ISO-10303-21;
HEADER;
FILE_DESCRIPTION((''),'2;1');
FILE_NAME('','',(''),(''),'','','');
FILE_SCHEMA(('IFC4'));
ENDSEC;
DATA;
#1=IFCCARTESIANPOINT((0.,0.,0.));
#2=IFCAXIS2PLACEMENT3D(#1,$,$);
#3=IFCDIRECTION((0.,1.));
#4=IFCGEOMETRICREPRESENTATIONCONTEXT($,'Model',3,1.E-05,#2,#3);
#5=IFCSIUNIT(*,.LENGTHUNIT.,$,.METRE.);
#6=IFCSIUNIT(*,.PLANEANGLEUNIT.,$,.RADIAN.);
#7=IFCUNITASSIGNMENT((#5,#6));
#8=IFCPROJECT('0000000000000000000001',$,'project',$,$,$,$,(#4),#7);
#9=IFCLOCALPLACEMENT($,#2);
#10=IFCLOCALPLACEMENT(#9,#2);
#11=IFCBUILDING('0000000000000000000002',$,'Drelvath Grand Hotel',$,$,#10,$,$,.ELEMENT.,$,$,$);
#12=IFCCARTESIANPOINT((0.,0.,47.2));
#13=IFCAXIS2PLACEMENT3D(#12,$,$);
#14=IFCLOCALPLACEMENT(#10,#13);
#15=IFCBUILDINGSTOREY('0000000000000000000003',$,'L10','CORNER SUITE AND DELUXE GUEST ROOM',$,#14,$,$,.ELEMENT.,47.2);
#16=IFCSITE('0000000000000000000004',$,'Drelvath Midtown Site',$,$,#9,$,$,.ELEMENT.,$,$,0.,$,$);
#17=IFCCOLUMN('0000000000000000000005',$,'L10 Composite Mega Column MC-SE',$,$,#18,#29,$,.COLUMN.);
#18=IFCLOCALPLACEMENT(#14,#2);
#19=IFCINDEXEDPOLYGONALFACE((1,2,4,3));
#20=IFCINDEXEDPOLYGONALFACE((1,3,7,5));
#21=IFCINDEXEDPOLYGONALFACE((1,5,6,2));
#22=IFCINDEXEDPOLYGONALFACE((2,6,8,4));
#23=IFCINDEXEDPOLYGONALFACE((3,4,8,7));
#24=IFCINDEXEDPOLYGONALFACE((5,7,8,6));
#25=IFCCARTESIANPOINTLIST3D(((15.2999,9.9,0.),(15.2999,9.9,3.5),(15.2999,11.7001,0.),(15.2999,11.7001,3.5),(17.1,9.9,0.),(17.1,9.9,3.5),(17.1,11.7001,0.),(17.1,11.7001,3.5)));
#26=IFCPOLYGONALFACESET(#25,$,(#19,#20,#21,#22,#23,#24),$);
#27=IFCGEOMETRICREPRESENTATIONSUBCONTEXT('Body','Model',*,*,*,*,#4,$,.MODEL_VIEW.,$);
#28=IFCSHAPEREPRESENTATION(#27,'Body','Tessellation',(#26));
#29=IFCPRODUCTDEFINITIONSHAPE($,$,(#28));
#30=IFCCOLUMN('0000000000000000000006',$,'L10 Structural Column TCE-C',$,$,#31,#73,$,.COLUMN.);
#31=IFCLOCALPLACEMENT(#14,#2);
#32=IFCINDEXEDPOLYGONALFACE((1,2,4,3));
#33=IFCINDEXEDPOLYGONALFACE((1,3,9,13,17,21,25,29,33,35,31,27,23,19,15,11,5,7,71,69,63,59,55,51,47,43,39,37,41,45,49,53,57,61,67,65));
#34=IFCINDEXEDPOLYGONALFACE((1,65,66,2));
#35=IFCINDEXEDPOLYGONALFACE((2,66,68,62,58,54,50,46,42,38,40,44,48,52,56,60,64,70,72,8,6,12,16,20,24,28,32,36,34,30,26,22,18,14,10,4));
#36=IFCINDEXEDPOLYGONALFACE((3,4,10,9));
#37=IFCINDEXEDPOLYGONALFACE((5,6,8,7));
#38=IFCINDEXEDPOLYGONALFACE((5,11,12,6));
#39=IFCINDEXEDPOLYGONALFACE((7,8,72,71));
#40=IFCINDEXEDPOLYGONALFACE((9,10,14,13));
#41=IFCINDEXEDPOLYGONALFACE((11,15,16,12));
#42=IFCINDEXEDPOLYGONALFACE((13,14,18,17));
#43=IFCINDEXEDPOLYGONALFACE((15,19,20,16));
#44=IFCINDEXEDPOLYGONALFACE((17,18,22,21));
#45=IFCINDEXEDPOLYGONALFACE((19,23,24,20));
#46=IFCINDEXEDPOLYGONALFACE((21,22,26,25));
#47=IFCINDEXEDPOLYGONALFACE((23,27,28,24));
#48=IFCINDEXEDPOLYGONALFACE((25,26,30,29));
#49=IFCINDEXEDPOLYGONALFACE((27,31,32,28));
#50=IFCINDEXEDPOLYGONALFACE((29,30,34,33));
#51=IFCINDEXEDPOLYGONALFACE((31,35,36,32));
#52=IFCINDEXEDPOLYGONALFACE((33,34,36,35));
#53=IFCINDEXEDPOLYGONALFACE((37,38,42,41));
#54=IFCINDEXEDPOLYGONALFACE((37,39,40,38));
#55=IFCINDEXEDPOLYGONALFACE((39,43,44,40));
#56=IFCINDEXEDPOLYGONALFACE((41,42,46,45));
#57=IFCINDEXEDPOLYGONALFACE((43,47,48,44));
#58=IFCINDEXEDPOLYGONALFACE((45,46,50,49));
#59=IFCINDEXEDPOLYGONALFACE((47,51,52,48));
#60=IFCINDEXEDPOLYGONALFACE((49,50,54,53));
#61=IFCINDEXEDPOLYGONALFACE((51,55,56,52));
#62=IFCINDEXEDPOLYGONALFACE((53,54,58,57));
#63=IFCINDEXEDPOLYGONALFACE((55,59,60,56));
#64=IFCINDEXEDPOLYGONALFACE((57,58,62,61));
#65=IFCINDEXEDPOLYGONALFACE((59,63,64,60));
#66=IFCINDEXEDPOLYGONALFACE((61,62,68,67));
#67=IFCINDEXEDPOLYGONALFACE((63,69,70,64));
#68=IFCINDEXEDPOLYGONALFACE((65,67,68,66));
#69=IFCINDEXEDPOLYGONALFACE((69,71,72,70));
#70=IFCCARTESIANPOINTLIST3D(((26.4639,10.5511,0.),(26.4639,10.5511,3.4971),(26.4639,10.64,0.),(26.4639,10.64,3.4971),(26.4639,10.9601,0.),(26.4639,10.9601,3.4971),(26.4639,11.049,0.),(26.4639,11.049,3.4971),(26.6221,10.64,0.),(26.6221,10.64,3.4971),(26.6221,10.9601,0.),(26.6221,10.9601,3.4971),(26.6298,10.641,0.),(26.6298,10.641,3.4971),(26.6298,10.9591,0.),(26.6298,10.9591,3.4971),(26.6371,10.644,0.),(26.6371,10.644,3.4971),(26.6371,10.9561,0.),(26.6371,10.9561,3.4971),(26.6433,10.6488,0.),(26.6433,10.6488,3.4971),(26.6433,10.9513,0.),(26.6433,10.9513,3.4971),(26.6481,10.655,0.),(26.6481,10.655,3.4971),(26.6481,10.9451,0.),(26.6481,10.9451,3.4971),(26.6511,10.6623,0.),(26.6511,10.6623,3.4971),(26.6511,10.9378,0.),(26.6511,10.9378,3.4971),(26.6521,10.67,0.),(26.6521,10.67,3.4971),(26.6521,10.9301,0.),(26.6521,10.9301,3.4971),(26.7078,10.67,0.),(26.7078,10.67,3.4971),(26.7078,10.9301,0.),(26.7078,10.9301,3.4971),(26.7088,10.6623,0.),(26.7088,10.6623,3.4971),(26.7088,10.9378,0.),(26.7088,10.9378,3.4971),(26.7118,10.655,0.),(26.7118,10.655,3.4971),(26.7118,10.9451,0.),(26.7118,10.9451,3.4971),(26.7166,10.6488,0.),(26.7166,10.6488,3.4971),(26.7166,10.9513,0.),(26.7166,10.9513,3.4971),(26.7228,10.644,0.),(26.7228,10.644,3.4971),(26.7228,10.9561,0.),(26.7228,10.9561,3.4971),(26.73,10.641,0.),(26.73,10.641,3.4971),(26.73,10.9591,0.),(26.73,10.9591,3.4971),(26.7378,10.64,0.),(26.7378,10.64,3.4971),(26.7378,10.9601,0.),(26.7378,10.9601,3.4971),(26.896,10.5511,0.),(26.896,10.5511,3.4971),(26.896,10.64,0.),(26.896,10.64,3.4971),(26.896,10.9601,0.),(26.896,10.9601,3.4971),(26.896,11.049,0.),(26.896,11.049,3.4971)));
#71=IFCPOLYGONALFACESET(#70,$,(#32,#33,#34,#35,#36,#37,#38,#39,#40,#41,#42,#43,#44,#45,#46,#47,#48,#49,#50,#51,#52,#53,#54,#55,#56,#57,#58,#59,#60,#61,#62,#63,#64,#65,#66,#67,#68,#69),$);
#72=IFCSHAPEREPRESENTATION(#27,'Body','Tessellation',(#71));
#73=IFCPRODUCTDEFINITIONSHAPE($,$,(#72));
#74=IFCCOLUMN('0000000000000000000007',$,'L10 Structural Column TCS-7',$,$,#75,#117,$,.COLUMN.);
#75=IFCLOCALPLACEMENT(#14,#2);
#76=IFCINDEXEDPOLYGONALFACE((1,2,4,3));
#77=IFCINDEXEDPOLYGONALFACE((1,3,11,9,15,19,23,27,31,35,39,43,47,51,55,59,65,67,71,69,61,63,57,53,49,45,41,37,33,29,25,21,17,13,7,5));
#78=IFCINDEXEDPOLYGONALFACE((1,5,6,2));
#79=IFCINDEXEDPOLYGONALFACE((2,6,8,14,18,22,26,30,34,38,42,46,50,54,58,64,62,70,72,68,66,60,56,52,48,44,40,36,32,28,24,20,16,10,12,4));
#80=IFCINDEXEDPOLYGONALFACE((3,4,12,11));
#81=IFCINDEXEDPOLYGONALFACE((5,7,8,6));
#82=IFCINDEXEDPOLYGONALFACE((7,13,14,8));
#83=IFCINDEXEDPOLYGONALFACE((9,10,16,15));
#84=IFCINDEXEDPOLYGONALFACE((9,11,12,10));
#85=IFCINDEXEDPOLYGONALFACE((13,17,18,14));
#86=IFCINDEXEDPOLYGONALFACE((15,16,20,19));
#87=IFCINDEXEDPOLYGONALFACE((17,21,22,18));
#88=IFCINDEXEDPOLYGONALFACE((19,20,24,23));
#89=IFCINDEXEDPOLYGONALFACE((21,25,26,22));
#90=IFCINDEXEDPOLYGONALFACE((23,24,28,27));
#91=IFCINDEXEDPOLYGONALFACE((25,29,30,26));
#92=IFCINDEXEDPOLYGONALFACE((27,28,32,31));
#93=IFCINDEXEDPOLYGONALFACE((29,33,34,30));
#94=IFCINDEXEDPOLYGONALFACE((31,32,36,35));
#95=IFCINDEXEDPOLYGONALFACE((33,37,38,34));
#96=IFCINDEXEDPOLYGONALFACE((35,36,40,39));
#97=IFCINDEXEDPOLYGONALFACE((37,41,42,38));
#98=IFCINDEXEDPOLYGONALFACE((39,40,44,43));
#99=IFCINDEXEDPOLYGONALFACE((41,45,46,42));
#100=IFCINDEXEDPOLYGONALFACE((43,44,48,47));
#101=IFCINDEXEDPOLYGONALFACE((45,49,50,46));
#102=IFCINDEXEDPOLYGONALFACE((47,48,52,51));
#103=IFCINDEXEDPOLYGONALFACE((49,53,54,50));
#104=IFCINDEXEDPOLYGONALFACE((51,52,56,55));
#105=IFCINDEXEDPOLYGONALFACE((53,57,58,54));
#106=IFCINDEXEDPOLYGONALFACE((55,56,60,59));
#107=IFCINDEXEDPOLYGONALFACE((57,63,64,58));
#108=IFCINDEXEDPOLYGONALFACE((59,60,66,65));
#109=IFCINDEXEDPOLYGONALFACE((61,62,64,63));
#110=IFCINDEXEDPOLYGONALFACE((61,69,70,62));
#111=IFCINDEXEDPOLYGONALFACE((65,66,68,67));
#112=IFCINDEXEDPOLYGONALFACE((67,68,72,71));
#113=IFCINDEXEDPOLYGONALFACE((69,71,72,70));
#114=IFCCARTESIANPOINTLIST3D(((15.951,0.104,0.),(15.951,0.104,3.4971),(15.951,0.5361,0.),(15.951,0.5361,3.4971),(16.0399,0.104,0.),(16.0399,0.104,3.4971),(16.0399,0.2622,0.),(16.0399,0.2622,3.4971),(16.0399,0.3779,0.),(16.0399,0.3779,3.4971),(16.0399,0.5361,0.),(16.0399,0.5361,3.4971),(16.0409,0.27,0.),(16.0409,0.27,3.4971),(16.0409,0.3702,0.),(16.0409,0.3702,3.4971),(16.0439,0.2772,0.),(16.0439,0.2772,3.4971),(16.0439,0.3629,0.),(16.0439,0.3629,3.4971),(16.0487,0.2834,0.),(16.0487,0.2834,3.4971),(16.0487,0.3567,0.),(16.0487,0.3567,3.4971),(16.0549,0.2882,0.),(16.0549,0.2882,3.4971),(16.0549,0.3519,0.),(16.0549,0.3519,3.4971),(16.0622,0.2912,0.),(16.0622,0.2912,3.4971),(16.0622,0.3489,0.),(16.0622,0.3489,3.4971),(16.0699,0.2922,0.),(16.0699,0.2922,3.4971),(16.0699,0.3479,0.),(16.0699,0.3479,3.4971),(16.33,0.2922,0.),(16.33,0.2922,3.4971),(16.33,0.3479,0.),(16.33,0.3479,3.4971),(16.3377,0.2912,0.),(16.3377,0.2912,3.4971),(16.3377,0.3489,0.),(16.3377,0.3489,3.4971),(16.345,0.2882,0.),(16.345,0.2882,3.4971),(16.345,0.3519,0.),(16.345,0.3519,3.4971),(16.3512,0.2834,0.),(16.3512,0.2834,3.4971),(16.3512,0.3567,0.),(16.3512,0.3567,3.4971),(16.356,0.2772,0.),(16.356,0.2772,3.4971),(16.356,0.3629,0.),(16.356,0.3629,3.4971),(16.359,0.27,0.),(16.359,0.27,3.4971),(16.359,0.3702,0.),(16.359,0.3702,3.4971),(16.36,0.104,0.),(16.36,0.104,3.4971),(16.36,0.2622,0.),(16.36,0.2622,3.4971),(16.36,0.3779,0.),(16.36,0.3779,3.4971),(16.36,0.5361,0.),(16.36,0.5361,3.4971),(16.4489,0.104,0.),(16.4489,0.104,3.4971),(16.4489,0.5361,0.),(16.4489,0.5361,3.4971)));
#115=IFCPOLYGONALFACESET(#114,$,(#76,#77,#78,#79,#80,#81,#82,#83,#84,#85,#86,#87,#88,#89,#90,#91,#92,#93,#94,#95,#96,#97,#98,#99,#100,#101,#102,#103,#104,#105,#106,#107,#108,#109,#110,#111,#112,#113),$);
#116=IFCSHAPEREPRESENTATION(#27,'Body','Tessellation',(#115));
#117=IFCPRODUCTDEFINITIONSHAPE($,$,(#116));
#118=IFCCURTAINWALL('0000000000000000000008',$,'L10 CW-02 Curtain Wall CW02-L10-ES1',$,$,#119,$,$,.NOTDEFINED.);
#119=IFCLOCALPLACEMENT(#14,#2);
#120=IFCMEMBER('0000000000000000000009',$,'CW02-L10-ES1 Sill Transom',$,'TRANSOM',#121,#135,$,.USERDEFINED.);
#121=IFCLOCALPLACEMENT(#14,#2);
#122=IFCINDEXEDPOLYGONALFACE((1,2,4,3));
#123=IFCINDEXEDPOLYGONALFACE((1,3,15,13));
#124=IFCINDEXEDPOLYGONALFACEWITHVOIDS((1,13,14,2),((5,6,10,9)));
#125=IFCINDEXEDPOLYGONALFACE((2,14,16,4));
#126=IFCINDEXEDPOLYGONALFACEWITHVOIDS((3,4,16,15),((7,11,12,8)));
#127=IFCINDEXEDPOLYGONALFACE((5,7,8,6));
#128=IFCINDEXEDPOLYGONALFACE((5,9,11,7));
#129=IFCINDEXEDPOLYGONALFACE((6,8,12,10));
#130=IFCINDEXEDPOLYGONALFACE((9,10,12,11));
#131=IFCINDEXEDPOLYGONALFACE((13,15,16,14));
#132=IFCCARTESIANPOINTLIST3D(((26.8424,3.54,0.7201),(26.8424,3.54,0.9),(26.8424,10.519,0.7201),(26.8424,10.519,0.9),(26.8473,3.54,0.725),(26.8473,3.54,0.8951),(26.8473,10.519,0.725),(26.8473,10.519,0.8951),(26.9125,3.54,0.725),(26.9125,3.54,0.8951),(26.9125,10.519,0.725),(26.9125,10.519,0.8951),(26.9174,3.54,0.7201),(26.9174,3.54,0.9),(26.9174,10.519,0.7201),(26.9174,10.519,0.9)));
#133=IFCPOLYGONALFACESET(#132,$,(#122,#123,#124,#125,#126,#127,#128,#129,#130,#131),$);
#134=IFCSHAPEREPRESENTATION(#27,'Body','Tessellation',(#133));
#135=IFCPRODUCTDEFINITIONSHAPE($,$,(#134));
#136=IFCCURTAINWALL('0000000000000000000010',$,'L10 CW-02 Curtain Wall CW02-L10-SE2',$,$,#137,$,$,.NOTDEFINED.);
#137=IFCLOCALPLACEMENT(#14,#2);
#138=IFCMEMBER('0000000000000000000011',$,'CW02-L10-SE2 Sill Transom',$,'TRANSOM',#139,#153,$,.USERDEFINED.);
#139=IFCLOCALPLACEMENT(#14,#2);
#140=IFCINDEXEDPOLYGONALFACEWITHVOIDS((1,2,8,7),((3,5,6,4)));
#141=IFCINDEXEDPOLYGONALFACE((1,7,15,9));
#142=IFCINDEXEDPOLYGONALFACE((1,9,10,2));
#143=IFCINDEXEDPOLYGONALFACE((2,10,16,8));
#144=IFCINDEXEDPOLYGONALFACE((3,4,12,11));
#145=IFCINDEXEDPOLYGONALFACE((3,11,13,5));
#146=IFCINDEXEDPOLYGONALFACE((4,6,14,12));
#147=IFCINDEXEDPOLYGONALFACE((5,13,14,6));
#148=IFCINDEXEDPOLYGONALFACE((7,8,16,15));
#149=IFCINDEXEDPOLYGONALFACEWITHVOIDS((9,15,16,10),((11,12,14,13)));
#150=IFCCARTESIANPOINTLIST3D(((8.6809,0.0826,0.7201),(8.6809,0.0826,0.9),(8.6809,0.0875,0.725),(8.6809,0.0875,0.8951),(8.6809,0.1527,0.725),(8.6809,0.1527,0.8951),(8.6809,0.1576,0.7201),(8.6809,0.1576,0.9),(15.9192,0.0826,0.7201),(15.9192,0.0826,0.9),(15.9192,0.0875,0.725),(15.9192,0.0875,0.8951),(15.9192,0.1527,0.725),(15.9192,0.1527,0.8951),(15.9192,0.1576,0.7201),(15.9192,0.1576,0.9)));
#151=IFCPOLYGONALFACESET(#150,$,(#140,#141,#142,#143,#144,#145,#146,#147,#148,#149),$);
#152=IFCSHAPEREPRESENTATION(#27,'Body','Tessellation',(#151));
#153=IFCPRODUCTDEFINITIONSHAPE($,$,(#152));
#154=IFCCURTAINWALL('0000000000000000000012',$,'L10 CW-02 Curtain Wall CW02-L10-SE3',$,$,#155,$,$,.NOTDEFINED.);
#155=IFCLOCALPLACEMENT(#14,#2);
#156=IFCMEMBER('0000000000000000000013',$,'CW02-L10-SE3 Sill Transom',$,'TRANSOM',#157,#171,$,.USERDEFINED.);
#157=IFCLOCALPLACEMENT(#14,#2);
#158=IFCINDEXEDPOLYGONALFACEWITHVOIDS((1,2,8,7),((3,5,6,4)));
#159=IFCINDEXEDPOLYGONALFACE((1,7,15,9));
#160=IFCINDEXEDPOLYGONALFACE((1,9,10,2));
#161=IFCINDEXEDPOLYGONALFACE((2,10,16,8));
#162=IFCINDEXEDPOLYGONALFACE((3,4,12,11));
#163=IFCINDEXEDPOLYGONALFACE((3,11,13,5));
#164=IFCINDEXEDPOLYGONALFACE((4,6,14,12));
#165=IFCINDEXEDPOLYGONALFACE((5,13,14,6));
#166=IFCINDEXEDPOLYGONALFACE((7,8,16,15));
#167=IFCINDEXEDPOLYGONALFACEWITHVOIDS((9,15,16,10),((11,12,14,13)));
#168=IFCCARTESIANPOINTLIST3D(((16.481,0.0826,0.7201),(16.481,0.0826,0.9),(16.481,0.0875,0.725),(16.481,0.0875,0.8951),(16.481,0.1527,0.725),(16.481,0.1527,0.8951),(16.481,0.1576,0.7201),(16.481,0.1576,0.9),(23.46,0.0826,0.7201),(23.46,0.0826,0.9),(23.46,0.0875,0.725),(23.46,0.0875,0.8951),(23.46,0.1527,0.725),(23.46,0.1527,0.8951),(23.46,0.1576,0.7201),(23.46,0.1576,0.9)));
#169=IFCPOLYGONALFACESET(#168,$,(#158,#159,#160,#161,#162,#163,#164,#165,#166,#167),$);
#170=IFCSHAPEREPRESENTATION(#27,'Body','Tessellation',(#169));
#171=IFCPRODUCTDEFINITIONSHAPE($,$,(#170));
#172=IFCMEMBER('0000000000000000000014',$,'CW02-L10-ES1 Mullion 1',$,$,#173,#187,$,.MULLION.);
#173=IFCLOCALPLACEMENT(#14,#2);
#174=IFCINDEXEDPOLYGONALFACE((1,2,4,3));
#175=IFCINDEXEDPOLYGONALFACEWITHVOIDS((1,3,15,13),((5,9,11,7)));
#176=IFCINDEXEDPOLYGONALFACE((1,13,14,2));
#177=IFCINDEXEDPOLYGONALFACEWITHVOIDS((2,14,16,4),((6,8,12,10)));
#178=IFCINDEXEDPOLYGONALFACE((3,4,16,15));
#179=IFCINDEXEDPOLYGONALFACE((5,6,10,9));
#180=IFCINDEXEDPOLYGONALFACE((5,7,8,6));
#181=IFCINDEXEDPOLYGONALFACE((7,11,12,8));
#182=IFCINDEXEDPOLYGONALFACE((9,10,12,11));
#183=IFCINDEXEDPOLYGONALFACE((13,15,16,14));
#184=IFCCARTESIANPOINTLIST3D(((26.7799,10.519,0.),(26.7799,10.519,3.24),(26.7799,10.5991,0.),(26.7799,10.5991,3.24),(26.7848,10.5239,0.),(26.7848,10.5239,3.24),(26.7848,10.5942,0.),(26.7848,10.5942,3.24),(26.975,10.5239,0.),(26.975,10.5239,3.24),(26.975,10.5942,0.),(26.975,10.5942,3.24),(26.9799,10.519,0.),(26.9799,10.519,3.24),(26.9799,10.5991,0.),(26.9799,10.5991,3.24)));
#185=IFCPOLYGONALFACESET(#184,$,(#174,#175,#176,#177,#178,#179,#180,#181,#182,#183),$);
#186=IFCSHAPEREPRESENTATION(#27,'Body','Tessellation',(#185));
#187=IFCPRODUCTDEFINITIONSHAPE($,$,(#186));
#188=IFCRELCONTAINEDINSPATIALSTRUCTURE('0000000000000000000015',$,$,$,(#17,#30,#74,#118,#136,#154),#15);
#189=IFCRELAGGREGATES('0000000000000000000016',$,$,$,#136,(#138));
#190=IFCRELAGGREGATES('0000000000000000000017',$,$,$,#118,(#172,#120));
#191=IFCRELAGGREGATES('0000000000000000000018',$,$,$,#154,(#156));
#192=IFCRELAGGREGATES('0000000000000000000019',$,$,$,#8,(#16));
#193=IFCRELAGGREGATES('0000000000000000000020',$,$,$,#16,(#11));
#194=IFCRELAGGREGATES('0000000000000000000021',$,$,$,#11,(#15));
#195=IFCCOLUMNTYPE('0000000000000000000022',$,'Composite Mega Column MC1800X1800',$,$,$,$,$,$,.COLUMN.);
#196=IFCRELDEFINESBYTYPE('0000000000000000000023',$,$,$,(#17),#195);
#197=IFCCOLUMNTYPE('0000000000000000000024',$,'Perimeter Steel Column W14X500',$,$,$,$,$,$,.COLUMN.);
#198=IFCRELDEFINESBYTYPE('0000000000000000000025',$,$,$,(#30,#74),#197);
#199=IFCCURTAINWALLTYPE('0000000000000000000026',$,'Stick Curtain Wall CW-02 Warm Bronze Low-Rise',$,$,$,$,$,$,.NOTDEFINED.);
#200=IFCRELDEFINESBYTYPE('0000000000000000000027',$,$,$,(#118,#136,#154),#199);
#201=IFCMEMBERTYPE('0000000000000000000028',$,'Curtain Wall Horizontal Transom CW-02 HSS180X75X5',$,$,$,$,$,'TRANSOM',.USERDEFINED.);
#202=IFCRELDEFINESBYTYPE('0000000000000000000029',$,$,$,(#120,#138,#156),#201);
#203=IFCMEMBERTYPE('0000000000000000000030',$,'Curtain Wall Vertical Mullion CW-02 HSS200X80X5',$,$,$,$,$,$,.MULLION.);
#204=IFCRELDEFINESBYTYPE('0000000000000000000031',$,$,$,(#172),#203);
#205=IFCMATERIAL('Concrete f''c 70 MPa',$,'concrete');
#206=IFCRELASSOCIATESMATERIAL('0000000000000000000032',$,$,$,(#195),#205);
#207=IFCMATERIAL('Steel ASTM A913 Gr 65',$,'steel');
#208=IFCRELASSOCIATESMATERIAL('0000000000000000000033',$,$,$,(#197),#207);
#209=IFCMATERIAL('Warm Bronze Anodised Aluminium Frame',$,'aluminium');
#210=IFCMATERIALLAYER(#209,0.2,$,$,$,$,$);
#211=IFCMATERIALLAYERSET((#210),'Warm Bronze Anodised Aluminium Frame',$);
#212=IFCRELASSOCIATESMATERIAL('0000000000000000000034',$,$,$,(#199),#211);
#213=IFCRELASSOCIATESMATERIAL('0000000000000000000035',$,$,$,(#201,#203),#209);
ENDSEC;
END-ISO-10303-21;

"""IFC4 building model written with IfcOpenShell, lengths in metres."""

from ifc_helpers import new_model, si_unit, direction, frame, origin, origin_2d, place, context, subcontext, project, spatial, rectangle, hollow_rectangle, i_section, extrude, material, layer, layer_set, material_profile, profile_set, type_object, element, aggregate, save


model = new_model("IFC4")

# Units and contexts
model_context = context("Model", 3, precision=1e-05, world=origin(), true_north=direction((0.0, 1.0)))
body_context = subcontext(model_context, "Body", "Model", "MODEL_VIEW")
ifc_project = project(units=[si_unit("LENGTHUNIT", "METRE"), si_unit("PLANEANGLEUNIT", "RADIAN")], contexts=[model_context])

# Site, building, storey
site_placement = place(None, origin())
site = spatial("IfcSite", under=ifc_project, at=site_placement, Name="Drelvath Midtown Site", CompositionType="ELEMENT", RefElevation=0.0)
building_placement = place(site_placement, origin())
building = spatial("IfcBuilding", under=site, at=building_placement, Name="Drelvath Grand Hotel", CompositionType="ELEMENT")
storey_placement = place(building_placement, frame((0.0, 0.0, 47.2)))
storey = spatial("IfcBuildingStorey", under=building, at=storey_placement, Name="L10", Description="CORNER SUITE AND DELUXE GUEST ROOM", CompositionType="ELEMENT", Elevation=47.2)

# Columns
ifc_material_1 = material(Name="Concrete f'c 70 MPa", Category="concrete")
ifc_material_profile_1 = material_profile(ifc_material_1, rectangle(XDim=1.8, YDim=1.8, at=origin_2d()), Name="MC1800X1800")
ifc_profile_set_1 = profile_set([ifc_material_profile_1], Name="Concrete f'c 70 MPa")
column_type_1 = type_object("IfcColumnType", Name="Composite Mega Column MC1800X1800", PredefinedType="COLUMN", material=ifc_profile_set_1)
column_placement = place(storey_placement, frame((16.2, 10.8, 0.0), z_axis=(0.0, 0.0, 1.0), x_axis=(1.0, 0.0, 0.0)))
element("IfcColumn", 1, at=column_placement, inside=storey, type_object=column_type_1, Name="L10 Composite Mega Column MC-SE", PredefinedType="COLUMN", context=body_context, shape_type="SweptSolid", body=[
    extrude(rectangle(XDim=1.8, YDim=1.8, at=origin_2d()), origin(), (0.0, 0.0, 1.0), 3.5),
])
ifc_material_2 = material(Name="Steel ASTM A913 Gr 65", Category="steel")
ifc_material_profile_2 = material_profile(ifc_material_2, i_section(OverallWidth=0.4321, OverallDepth=0.4978, WebThickness=0.0557, FlangeThickness=0.0889, FilletRadius=0.03, at=origin_2d()), Name="W14X500")
ifc_profile_set_2 = profile_set([ifc_material_profile_2], Name="Steel ASTM A913 Gr 65")
column_type_2 = type_object("IfcColumnType", Name="Perimeter Steel Column W14X500", PredefinedType="COLUMN", material=ifc_profile_set_2)
for number, where, z_axis, x_axis, name in (
    (2, (26.6799, 10.8, 0.0), (0.0, 0.0, 1.0), (1.0, 0.0, 0.0), "L10 Structural Column TCE-C"),
    (3, (16.2, 0.3201, 0.0), (0.0, 0.0, 1.0), (0.0, 1.0, 0.0), "L10 Structural Column TCS-7"),
):
    element("IfcColumn", number, at=place(storey_placement, frame(where, z_axis=z_axis, x_axis=x_axis)), inside=storey, type_object=column_type_2, Name=name, PredefinedType="COLUMN", context=body_context, shape_type="SweptSolid", body=[
        extrude(i_section(OverallWidth=0.4321, OverallDepth=0.4978, WebThickness=0.0557, FlangeThickness=0.0889, FilletRadius=0.03, at=origin_2d()), origin(), (0.0, 0.0, 1.0), 3.4971),
    ])

# Curtain walls, members
ifc_material_3 = material(Name="Warm Bronze Anodised Aluminium Frame", Category="aluminium")
ifc_layer_1 = layer(ifc_material_3, 0.2)
ifc_layer_set_1 = layer_set([ifc_layer_1], Name="Warm Bronze Anodised Aluminium Frame")
curtain_wall_type = type_object("IfcCurtainWallType", Name="Stick Curtain Wall CW-02 Warm Bronze Low-Rise", PredefinedType="NOTDEFINED", material=ifc_layer_set_1)
curtain_wall_1_placement = place(storey_placement, origin())
curtain_wall_1 = element("IfcCurtainWall", 4, at=curtain_wall_1_placement, inside=storey, type_object=curtain_wall_type, Name="L10 CW-02 Curtain Wall CW02-L10-ES1", PredefinedType="NOTDEFINED")
ifc_material_profile_3 = material_profile(ifc_material_3, hollow_rectangle(XDim=0.075, YDim=0.1799, WallThickness=0.0049, at=origin_2d()), Name="HSS180X75X5")
ifc_profile_set_3 = profile_set([ifc_material_profile_3], Name="Warm Bronze Anodised Aluminium Frame")
member_type_1 = type_object("IfcMemberType", Name="Curtain Wall Horizontal Transom CW-02 HSS180X75X5", ElementType="TRANSOM", PredefinedType="USERDEFINED", material=ifc_profile_set_3)
member_1_placement = place(storey_placement, frame((26.8799, 10.519, 0.8101), z_axis=(0.0, -1.0, 0.0), x_axis=(1.0, 0.0, 0.0)))
member_1 = element("IfcMember", 5, at=member_1_placement, type_object=member_type_1, Name="CW02-L10-ES1 Sill Transom", ObjectType="TRANSOM", PredefinedType="USERDEFINED", context=body_context, shape_type="SweptSolid", body=[
    extrude(hollow_rectangle(XDim=0.075, YDim=0.1799, WallThickness=0.0049, at=origin_2d()), origin(), (0.0, 0.0, 1.0), 6.979),
])
curtain_wall_2_placement = place(storey_placement, origin())
curtain_wall_2 = element("IfcCurtainWall", 6, at=curtain_wall_2_placement, inside=storey, type_object=curtain_wall_type, Name="L10 CW-02 Curtain Wall CW02-L10-SE2", PredefinedType="NOTDEFINED")
member_2_placement = place(storey_placement, frame((15.9192, 0.1201, 0.8101), z_axis=(-1.0, 0.0, 0.0), x_axis=(0.0, -1.0, 0.0)))
member_2 = element("IfcMember", 7, at=member_2_placement, type_object=member_type_1, Name="CW02-L10-SE2 Sill Transom", ObjectType="TRANSOM", PredefinedType="USERDEFINED", context=body_context, shape_type="SweptSolid", body=[
    extrude(hollow_rectangle(XDim=0.075, YDim=0.1799, WallThickness=0.0049, at=origin_2d()), origin(), (0.0, 0.0, 1.0), 7.2383),
])
curtain_wall_3_placement = place(storey_placement, origin())
curtain_wall_3 = element("IfcCurtainWall", 8, at=curtain_wall_3_placement, inside=storey, type_object=curtain_wall_type, Name="L10 CW-02 Curtain Wall CW02-L10-SE3", PredefinedType="NOTDEFINED")
member_3_placement = place(storey_placement, frame((23.46, 0.1201, 0.8101), z_axis=(-1.0, 0.0, 0.0), x_axis=(0.0, -1.0, 0.0)))
member_3 = element("IfcMember", 9, at=member_3_placement, type_object=member_type_1, Name="CW02-L10-SE3 Sill Transom", ObjectType="TRANSOM", PredefinedType="USERDEFINED", context=body_context, shape_type="SweptSolid", body=[
    extrude(hollow_rectangle(XDim=0.075, YDim=0.1799, WallThickness=0.0049, at=origin_2d()), origin(), (0.0, 0.0, 1.0), 6.979),
])

# Member
ifc_material_profile_4 = material_profile(ifc_material_3, hollow_rectangle(XDim=0.0801, YDim=0.2, WallThickness=0.0049, at=origin_2d()), Name="HSS200X80X5")
ifc_profile_set_4 = profile_set([ifc_material_profile_4], Name="Warm Bronze Anodised Aluminium Frame")
member_type_2 = type_object("IfcMemberType", Name="Curtain Wall Vertical Mullion CW-02 HSS200X80X5", PredefinedType="MULLION", material=ifc_profile_set_4)
member_4_placement = place(storey_placement, frame((26.8799, 10.5591, 0.0), z_axis=(0.0, 0.0, 1.0), x_axis=(0.0, 1.0, 0.0)))
member_4 = element("IfcMember", 10, at=member_4_placement, type_object=member_type_2, Name="CW02-L10-ES1 Mullion 1", PredefinedType="MULLION", context=body_context, shape_type="SweptSolid", body=[
    extrude(hollow_rectangle(XDim=0.0801, YDim=0.2, WallThickness=0.0049, at=origin_2d()), origin(), (0.0, 0.0, 1.0), 3.24),
])

aggregate(curtain_wall_2, [member_2])

aggregate(curtain_wall_1, [member_4, member_1])
aggregate(curtain_wall_3, [member_3])

save(model, "model.ifc")
